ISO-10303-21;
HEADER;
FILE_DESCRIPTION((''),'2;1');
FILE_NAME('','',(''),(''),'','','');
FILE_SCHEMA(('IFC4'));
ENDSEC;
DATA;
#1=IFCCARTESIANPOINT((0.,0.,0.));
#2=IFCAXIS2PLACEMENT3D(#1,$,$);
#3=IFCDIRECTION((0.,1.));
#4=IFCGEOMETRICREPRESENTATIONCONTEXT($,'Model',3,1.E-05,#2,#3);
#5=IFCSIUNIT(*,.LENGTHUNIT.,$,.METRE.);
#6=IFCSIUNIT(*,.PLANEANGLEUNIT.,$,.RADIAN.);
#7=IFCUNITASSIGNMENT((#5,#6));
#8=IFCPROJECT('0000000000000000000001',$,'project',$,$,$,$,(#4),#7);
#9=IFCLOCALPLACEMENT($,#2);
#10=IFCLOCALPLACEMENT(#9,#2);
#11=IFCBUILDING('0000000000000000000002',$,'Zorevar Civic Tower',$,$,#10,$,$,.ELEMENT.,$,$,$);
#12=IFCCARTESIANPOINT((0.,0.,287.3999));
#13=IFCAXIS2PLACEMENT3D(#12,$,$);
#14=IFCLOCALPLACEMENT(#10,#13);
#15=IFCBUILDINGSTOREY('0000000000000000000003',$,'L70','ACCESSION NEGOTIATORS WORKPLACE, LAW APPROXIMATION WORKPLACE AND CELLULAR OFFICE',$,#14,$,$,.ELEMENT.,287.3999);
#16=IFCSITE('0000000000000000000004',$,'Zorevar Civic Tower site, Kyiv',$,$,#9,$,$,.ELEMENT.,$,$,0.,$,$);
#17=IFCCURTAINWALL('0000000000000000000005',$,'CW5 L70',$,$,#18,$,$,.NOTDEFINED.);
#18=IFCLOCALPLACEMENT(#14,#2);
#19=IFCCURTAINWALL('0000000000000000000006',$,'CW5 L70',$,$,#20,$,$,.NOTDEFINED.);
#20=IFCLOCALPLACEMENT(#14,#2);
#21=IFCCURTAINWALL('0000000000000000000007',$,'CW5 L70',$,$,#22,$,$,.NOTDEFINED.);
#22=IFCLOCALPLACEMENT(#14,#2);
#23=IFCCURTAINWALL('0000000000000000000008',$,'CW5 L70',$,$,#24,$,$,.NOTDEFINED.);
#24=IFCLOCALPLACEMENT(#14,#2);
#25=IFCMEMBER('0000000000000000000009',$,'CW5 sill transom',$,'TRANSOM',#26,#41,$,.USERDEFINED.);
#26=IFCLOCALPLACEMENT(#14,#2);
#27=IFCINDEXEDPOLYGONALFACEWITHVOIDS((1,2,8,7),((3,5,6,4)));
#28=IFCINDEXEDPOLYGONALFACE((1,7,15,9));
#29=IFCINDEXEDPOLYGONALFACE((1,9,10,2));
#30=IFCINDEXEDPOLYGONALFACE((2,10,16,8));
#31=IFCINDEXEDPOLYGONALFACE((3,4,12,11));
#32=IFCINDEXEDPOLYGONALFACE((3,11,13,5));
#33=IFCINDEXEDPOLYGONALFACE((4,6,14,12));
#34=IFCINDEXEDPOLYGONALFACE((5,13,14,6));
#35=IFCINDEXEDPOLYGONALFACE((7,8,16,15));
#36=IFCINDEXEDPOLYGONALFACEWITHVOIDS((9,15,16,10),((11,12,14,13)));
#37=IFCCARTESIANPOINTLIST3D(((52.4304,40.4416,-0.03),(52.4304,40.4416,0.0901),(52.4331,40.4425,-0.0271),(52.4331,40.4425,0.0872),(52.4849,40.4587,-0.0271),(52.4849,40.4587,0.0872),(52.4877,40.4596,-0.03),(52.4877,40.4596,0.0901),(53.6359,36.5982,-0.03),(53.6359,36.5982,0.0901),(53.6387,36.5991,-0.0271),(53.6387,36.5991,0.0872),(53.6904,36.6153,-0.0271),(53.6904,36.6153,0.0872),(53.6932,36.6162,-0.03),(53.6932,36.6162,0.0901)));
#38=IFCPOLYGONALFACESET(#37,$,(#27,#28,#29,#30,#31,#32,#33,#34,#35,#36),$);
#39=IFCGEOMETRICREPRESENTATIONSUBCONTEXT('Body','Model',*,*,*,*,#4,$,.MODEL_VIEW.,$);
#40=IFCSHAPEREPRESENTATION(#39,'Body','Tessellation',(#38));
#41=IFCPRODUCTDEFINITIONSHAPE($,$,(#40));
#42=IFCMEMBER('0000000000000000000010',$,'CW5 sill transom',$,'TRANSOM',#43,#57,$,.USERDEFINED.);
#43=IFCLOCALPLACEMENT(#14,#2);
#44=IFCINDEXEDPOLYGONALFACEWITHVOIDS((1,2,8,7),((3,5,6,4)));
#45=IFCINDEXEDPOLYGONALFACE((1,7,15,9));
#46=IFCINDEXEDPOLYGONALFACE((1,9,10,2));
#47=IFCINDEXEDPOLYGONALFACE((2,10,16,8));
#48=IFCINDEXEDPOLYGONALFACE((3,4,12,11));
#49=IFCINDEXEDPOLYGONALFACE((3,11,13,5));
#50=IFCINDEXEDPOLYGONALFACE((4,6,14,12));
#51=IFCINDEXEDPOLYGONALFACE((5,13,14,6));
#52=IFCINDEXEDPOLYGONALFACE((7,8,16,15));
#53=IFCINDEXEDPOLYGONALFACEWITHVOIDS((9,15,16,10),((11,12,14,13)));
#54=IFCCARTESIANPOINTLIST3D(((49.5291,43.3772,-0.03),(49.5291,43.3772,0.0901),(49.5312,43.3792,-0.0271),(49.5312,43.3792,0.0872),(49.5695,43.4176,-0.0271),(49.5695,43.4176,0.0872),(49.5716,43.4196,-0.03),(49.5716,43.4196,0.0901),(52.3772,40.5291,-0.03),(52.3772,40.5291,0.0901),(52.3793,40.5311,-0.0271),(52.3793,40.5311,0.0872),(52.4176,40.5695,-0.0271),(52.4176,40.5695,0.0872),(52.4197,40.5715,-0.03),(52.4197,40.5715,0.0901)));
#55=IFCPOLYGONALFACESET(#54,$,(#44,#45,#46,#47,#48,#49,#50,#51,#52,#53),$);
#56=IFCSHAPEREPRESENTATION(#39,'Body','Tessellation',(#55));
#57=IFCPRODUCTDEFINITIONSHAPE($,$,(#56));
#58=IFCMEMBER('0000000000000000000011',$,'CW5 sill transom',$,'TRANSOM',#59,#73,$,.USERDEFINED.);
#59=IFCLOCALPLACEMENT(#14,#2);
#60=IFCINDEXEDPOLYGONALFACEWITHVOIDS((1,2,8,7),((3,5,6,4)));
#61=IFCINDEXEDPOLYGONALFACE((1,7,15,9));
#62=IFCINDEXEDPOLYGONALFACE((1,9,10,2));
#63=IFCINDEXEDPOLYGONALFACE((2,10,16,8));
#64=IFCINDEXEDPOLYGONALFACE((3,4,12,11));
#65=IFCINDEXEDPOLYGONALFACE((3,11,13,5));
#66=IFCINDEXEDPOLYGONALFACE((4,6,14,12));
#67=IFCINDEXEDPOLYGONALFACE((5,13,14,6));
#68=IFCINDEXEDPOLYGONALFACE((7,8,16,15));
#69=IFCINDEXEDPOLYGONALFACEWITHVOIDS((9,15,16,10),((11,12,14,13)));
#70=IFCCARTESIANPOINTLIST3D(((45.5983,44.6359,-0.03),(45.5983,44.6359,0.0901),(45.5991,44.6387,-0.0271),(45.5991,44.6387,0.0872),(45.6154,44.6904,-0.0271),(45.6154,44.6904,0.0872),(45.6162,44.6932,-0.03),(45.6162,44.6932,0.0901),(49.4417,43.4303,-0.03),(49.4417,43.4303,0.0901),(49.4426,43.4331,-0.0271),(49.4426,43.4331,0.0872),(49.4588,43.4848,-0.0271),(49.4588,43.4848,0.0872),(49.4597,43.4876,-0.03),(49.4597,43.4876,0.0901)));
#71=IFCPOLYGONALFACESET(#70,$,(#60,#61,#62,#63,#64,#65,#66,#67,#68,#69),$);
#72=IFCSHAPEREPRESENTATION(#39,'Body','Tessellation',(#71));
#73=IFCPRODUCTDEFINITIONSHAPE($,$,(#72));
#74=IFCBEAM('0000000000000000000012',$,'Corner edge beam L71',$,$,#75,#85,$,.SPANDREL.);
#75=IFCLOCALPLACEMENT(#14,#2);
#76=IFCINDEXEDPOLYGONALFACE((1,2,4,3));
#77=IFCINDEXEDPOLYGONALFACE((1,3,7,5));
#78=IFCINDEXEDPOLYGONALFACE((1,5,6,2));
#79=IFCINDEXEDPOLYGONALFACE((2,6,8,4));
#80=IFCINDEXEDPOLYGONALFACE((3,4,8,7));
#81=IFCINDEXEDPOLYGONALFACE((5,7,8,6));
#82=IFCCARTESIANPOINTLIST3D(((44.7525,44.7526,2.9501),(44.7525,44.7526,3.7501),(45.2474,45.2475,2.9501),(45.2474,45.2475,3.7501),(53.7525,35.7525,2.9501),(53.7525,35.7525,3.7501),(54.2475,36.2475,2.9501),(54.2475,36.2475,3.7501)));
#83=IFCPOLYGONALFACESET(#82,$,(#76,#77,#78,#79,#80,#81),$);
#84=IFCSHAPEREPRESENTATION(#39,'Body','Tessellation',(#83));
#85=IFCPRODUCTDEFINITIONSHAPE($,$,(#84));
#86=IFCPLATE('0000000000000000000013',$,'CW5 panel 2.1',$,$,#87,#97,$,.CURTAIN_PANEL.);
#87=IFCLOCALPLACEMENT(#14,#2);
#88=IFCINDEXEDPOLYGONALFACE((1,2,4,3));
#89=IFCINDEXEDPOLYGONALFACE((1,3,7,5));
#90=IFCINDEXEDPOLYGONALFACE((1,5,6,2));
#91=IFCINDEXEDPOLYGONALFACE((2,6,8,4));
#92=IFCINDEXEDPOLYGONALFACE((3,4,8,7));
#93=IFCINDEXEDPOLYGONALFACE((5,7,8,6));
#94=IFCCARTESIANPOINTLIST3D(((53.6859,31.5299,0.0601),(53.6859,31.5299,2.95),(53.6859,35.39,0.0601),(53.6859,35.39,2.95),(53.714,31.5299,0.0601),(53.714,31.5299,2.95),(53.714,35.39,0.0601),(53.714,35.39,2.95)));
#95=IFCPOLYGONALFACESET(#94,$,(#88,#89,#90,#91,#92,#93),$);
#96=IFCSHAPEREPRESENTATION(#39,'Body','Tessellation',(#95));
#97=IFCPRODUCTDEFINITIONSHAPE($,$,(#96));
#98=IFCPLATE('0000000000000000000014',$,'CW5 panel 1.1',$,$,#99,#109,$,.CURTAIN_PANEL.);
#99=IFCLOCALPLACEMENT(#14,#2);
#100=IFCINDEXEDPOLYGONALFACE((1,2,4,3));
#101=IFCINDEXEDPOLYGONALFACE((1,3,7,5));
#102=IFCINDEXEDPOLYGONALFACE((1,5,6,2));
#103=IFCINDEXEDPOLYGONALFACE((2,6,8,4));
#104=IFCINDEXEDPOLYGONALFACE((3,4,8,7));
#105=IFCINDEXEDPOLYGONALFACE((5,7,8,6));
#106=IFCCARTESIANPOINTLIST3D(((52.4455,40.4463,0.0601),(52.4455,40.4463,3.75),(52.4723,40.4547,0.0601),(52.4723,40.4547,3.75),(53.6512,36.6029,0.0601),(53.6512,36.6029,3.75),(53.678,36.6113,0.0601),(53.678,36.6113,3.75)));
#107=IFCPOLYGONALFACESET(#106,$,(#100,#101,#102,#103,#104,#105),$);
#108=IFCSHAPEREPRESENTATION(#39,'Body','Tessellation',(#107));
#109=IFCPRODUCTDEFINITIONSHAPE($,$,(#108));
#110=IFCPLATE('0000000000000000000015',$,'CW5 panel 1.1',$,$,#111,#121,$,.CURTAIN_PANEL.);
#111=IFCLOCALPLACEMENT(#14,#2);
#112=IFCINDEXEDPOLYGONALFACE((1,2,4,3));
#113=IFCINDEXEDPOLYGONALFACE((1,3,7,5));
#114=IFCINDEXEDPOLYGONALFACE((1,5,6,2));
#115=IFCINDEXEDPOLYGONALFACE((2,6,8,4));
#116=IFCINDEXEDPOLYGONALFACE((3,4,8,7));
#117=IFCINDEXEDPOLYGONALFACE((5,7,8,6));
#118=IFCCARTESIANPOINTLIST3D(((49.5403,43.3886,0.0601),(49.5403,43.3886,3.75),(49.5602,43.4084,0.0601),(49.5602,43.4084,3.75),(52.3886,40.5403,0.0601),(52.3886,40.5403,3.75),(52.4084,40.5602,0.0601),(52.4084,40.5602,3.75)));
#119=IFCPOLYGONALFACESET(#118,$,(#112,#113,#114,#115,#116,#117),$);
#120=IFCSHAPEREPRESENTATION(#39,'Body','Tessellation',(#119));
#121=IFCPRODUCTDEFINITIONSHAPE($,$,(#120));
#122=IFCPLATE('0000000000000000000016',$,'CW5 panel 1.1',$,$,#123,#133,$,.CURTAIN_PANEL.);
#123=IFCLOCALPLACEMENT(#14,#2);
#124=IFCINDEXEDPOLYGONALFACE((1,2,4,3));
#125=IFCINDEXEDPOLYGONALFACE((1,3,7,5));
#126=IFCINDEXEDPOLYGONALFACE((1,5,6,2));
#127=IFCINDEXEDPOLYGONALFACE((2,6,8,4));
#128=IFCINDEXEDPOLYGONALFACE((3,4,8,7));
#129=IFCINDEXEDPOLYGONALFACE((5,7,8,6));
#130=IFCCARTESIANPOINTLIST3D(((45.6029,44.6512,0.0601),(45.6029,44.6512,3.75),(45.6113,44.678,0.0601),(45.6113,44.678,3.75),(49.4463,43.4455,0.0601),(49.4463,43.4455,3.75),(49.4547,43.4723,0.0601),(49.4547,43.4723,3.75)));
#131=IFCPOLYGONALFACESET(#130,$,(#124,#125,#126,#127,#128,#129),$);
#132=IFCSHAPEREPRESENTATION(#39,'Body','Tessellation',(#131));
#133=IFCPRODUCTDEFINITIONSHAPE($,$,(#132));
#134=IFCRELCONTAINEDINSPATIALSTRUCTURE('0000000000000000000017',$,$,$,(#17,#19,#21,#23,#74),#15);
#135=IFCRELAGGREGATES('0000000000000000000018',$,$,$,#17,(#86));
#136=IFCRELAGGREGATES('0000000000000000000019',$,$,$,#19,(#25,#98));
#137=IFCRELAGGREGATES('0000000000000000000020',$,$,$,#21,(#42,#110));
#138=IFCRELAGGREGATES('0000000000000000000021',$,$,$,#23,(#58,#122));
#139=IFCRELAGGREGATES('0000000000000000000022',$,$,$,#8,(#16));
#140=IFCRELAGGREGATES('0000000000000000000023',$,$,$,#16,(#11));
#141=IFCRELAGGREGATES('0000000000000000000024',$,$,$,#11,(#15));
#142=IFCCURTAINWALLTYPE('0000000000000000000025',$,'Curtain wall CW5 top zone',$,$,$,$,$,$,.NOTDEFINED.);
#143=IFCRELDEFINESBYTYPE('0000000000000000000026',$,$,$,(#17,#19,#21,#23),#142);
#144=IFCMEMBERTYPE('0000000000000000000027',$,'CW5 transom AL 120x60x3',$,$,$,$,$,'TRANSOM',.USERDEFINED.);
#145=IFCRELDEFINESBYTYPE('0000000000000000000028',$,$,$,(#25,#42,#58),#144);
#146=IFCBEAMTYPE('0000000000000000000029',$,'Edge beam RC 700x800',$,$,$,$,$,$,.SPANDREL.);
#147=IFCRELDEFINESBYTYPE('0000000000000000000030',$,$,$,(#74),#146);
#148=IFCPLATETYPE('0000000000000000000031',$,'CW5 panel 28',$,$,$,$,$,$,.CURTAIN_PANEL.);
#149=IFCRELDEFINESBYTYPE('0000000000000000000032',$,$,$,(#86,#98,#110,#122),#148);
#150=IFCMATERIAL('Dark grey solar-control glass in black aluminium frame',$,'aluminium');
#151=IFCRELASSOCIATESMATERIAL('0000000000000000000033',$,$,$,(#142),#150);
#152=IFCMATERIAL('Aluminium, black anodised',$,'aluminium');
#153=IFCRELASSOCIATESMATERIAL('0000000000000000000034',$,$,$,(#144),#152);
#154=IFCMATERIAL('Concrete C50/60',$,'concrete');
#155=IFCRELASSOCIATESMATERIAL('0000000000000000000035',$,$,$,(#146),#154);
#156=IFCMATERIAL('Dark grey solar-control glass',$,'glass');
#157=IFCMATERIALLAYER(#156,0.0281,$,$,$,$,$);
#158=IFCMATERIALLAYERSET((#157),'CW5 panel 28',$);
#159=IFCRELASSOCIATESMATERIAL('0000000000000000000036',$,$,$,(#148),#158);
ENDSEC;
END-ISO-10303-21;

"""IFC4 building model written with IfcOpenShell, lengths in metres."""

from ifc_helpers import new_model, si_unit, direction, frame, origin, origin_2d, place, context, subcontext, project, spatial, rectangle, hollow_rectangle, extrude, material, layer, layer_set, material_profile, profile_set, type_object, element, aggregate, save


model = new_model("IFC4")

# Units and contexts
model_context = context("Model", 3, precision=1e-05, world=origin(), true_north=direction((0.0, 1.0)))
body_context = subcontext(model_context, "Body", "Model", "MODEL_VIEW")
ifc_project = project(units=[si_unit("LENGTHUNIT", "METRE"), si_unit("PLANEANGLEUNIT", "RADIAN")], contexts=[model_context])

# Site, building, storey
site_placement = place(None, origin())
site = spatial("IfcSite", under=ifc_project, at=site_placement, Name="Zorevar Civic Tower site, Kyiv", CompositionType="ELEMENT", RefElevation=0.0)
building_placement = place(site_placement, origin())
building = spatial("IfcBuilding", under=site, at=building_placement, Name="Zorevar Civic Tower", CompositionType="ELEMENT")
storey_placement = place(building_placement, frame((0.0, 0.0, 287.3999)))
storey = spatial("IfcBuildingStorey", under=building, at=storey_placement, Name="L70", Description="ACCESSION NEGOTIATORS WORKPLACE, LAW APPROXIMATION WORKPLACE AND CELLULAR OFFICE", CompositionType="ELEMENT", Elevation=287.3999)

# Curtain wall
ifc_material_1 = material(Name="Dark grey solar-control glass in black aluminium frame", Category="aluminium")
curtain_wall_type = type_object("IfcCurtainWallType", Name="Curtain wall CW5 top zone", PredefinedType="NOTDEFINED", material=ifc_material_1)
curtain_wall_1_placement = place(storey_placement, origin())
curtain_wall_1 = element("IfcCurtainWall", 1, at=curtain_wall_1_placement, inside=storey, type_object=curtain_wall_type, Name="CW5 L70", PredefinedType="NOTDEFINED")

# Curtain walls
curtain_wall_2_placement = place(storey_placement, origin())
curtain_wall_2 = element("IfcCurtainWall", 2, at=curtain_wall_2_placement, inside=storey, type_object=curtain_wall_type, Name="CW5 L70", PredefinedType="NOTDEFINED")
curtain_wall_3_placement = place(storey_placement, origin())
curtain_wall_3 = element("IfcCurtainWall", 3, at=curtain_wall_3_placement, inside=storey, type_object=curtain_wall_type, Name="CW5 L70", PredefinedType="NOTDEFINED")
curtain_wall_4_placement = place(storey_placement, origin())
curtain_wall_4 = element("IfcCurtainWall", 4, at=curtain_wall_4_placement, inside=storey, type_object=curtain_wall_type, Name="CW5 L70", PredefinedType="NOTDEFINED")

# Members
ifc_material_2 = material(Name="Aluminium, black anodised", Category="aluminium")
ifc_material_profile_1 = material_profile(ifc_material_2, hollow_rectangle(XDim=0.0601, YDim=0.1201, WallThickness=0.0029, at=origin_2d()), Name="AL 120x60x3")
ifc_profile_set_1 = profile_set([ifc_material_profile_1], Name="Aluminium, black anodised")
member_type_1 = type_object("IfcMemberType", Name="CW5 transom AL 120x60x3", ElementType="TRANSOM", PredefinedType="USERDEFINED", material=ifc_profile_set_1)
member_1_placement = place(storey_placement, frame((53.6646, 36.6072, 0.03), z_axis=(-0.299286, 0.954163, 0.0), x_axis=(-0.954163, -0.299286, 0.0)))
member_1 = element("IfcMember", 5, at=member_1_placement, type_object=member_type_1, Name="CW5 sill transom", ObjectType="TRANSOM", PredefinedType="USERDEFINED", context=body_context, shape_type="SweptSolid", body=[
    extrude(hollow_rectangle(XDim=0.0601, YDim=0.1201, WallThickness=0.0029, at=origin_2d()), origin(), (0.0, 0.0, 1.0), 4.0281),
])
member_2_placement = place(storey_placement, frame((52.3984, 40.5503, 0.03), z_axis=(-0.707107, 0.707107, 0.0), x_axis=(-0.707107, -0.707107, 0.0)))
member_2 = element("IfcMember", 6, at=member_2_placement, type_object=member_type_1, Name="CW5 sill transom", ObjectType="TRANSOM", PredefinedType="USERDEFINED", context=body_context, shape_type="SweptSolid", body=[
    extrude(hollow_rectangle(XDim=0.0601, YDim=0.1201, WallThickness=0.0029, at=origin_2d()), origin(), (0.0, 0.0, 1.0), 4.0278),
])
member_3_placement = place(storey_placement, frame((49.4507, 43.459, 0.03), z_axis=(-0.954163, 0.299286, 0.0), x_axis=(-0.299286, -0.954163, 0.0)))
member_3 = element("IfcMember", 7, at=member_3_placement, type_object=member_type_1, Name="CW5 sill transom", ObjectType="TRANSOM", PredefinedType="USERDEFINED", context=body_context, shape_type="SweptSolid", body=[
    extrude(hollow_rectangle(XDim=0.0601, YDim=0.1201, WallThickness=0.0029, at=origin_2d()), origin(), (0.0, 0.0, 1.0), 4.0281),
])

# Beam
ifc_material_3 = material(Name="Concrete C50/60", Category="concrete")
ifc_material_profile_2 = material_profile(ifc_material_3, rectangle(XDim=0.7, YDim=0.8, at=origin_2d()), Name="RC 700x800")
ifc_profile_set_2 = profile_set([ifc_material_profile_2], Name="Concrete C50/60")
beam_type_1 = type_object("IfcBeamType", Name="Edge beam RC 700x800", PredefinedType="SPANDREL", material=ifc_profile_set_2)
beam_1_placement = place(storey_placement, frame((54.0, 36.0, 3.3501), z_axis=(-0.707107, 0.707107, 0.0), x_axis=(-0.707107, -0.707107, 0.0)))
element("IfcBeam", 8, at=beam_1_placement, inside=storey, type_object=beam_type_1, Name="Corner edge beam L71", PredefinedType="SPANDREL", context=body_context, shape_type="SweptSolid", body=[
    extrude(rectangle(XDim=0.7, YDim=0.8, at=origin_2d()), origin(), (0.0, 0.0, 1.0), 12.728),
])

# Plates
ifc_material_4 = material(Name="Dark grey solar-control glass", Category="glass")
ifc_layer_1 = layer(ifc_material_4, 0.0281)
ifc_layer_set_1 = layer_set([ifc_layer_1], Name="CW5 panel 28")
plate_type = type_object("IfcPlateType", Name="CW5 panel 28", PredefinedType="CURTAIN_PANEL", material=ifc_layer_set_1)
plate_1_placement = place(storey_placement, frame((53.7, 33.46, 0.0601), z_axis=(0.0, 0.0, 1.0), x_axis=(0.0, 1.0, 0.0)))
plate_1 = element("IfcPlate", 9, at=plate_1_placement, type_object=plate_type, Name="CW5 panel 2.1", PredefinedType="CURTAIN_PANEL", context=body_context, shape_type="SweptSolid", body=[
    extrude(rectangle(XDim=3.8601, YDim=0.0281, at=origin_2d()), origin(), (0.0, 0.0, 1.0), 2.8899),
])
aggregate(curtain_wall_1, [plate_1])
plate_2_placement = place(storey_placement, frame((53.0618, 38.5288, 0.0601), z_axis=(0.0, 0.0, 1.0), x_axis=(-0.299318, 0.954153, 0.0)))
plate_2 = element("IfcPlate", 10, at=plate_2_placement, type_object=plate_type, Name="CW5 panel 1.1", PredefinedType="CURTAIN_PANEL", context=body_context, shape_type="SweptSolid", body=[
    extrude(rectangle(XDim=4.0281, YDim=0.0281, at=origin_2d()), origin(), (0.0, 0.0, 1.0), 3.6899),
])
aggregate(curtain_wall_2, [member_1, plate_2])
plate_3_placement = place(storey_placement, frame((50.9744, 41.9744, 0.0601), z_axis=(0.0, 0.0, 1.0), x_axis=(-0.707107, 0.707107, 0.0)))
plate_3 = element("IfcPlate", 11, at=plate_3_placement, type_object=plate_type, Name="CW5 panel 1.1", PredefinedType="CURTAIN_PANEL", context=body_context, shape_type="SweptSolid", body=[
    extrude(rectangle(XDim=4.0281, YDim=0.0281, at=origin_2d()), origin(), (0.0, 0.0, 1.0), 3.6899),
])
aggregate(curtain_wall_3, [member_2, plate_3])
plate_4_placement = place(storey_placement, frame((47.5288, 44.0618, 0.0601), z_axis=(0.0, 0.0, 1.0), x_axis=(-0.954153, 0.299318, 0.0)))
plate_4 = element("IfcPlate", 12, at=plate_4_placement, type_object=plate_type, Name="CW5 panel 1.1", PredefinedType="CURTAIN_PANEL", context=body_context, shape_type="SweptSolid", body=[
    extrude(rectangle(XDim=4.0281, YDim=0.0281, at=origin_2d()), origin(), (0.0, 0.0, 1.0), 3.6899),
])
aggregate(curtain_wall_4, [member_3, plate_4])

save(model, "model.ifc")
